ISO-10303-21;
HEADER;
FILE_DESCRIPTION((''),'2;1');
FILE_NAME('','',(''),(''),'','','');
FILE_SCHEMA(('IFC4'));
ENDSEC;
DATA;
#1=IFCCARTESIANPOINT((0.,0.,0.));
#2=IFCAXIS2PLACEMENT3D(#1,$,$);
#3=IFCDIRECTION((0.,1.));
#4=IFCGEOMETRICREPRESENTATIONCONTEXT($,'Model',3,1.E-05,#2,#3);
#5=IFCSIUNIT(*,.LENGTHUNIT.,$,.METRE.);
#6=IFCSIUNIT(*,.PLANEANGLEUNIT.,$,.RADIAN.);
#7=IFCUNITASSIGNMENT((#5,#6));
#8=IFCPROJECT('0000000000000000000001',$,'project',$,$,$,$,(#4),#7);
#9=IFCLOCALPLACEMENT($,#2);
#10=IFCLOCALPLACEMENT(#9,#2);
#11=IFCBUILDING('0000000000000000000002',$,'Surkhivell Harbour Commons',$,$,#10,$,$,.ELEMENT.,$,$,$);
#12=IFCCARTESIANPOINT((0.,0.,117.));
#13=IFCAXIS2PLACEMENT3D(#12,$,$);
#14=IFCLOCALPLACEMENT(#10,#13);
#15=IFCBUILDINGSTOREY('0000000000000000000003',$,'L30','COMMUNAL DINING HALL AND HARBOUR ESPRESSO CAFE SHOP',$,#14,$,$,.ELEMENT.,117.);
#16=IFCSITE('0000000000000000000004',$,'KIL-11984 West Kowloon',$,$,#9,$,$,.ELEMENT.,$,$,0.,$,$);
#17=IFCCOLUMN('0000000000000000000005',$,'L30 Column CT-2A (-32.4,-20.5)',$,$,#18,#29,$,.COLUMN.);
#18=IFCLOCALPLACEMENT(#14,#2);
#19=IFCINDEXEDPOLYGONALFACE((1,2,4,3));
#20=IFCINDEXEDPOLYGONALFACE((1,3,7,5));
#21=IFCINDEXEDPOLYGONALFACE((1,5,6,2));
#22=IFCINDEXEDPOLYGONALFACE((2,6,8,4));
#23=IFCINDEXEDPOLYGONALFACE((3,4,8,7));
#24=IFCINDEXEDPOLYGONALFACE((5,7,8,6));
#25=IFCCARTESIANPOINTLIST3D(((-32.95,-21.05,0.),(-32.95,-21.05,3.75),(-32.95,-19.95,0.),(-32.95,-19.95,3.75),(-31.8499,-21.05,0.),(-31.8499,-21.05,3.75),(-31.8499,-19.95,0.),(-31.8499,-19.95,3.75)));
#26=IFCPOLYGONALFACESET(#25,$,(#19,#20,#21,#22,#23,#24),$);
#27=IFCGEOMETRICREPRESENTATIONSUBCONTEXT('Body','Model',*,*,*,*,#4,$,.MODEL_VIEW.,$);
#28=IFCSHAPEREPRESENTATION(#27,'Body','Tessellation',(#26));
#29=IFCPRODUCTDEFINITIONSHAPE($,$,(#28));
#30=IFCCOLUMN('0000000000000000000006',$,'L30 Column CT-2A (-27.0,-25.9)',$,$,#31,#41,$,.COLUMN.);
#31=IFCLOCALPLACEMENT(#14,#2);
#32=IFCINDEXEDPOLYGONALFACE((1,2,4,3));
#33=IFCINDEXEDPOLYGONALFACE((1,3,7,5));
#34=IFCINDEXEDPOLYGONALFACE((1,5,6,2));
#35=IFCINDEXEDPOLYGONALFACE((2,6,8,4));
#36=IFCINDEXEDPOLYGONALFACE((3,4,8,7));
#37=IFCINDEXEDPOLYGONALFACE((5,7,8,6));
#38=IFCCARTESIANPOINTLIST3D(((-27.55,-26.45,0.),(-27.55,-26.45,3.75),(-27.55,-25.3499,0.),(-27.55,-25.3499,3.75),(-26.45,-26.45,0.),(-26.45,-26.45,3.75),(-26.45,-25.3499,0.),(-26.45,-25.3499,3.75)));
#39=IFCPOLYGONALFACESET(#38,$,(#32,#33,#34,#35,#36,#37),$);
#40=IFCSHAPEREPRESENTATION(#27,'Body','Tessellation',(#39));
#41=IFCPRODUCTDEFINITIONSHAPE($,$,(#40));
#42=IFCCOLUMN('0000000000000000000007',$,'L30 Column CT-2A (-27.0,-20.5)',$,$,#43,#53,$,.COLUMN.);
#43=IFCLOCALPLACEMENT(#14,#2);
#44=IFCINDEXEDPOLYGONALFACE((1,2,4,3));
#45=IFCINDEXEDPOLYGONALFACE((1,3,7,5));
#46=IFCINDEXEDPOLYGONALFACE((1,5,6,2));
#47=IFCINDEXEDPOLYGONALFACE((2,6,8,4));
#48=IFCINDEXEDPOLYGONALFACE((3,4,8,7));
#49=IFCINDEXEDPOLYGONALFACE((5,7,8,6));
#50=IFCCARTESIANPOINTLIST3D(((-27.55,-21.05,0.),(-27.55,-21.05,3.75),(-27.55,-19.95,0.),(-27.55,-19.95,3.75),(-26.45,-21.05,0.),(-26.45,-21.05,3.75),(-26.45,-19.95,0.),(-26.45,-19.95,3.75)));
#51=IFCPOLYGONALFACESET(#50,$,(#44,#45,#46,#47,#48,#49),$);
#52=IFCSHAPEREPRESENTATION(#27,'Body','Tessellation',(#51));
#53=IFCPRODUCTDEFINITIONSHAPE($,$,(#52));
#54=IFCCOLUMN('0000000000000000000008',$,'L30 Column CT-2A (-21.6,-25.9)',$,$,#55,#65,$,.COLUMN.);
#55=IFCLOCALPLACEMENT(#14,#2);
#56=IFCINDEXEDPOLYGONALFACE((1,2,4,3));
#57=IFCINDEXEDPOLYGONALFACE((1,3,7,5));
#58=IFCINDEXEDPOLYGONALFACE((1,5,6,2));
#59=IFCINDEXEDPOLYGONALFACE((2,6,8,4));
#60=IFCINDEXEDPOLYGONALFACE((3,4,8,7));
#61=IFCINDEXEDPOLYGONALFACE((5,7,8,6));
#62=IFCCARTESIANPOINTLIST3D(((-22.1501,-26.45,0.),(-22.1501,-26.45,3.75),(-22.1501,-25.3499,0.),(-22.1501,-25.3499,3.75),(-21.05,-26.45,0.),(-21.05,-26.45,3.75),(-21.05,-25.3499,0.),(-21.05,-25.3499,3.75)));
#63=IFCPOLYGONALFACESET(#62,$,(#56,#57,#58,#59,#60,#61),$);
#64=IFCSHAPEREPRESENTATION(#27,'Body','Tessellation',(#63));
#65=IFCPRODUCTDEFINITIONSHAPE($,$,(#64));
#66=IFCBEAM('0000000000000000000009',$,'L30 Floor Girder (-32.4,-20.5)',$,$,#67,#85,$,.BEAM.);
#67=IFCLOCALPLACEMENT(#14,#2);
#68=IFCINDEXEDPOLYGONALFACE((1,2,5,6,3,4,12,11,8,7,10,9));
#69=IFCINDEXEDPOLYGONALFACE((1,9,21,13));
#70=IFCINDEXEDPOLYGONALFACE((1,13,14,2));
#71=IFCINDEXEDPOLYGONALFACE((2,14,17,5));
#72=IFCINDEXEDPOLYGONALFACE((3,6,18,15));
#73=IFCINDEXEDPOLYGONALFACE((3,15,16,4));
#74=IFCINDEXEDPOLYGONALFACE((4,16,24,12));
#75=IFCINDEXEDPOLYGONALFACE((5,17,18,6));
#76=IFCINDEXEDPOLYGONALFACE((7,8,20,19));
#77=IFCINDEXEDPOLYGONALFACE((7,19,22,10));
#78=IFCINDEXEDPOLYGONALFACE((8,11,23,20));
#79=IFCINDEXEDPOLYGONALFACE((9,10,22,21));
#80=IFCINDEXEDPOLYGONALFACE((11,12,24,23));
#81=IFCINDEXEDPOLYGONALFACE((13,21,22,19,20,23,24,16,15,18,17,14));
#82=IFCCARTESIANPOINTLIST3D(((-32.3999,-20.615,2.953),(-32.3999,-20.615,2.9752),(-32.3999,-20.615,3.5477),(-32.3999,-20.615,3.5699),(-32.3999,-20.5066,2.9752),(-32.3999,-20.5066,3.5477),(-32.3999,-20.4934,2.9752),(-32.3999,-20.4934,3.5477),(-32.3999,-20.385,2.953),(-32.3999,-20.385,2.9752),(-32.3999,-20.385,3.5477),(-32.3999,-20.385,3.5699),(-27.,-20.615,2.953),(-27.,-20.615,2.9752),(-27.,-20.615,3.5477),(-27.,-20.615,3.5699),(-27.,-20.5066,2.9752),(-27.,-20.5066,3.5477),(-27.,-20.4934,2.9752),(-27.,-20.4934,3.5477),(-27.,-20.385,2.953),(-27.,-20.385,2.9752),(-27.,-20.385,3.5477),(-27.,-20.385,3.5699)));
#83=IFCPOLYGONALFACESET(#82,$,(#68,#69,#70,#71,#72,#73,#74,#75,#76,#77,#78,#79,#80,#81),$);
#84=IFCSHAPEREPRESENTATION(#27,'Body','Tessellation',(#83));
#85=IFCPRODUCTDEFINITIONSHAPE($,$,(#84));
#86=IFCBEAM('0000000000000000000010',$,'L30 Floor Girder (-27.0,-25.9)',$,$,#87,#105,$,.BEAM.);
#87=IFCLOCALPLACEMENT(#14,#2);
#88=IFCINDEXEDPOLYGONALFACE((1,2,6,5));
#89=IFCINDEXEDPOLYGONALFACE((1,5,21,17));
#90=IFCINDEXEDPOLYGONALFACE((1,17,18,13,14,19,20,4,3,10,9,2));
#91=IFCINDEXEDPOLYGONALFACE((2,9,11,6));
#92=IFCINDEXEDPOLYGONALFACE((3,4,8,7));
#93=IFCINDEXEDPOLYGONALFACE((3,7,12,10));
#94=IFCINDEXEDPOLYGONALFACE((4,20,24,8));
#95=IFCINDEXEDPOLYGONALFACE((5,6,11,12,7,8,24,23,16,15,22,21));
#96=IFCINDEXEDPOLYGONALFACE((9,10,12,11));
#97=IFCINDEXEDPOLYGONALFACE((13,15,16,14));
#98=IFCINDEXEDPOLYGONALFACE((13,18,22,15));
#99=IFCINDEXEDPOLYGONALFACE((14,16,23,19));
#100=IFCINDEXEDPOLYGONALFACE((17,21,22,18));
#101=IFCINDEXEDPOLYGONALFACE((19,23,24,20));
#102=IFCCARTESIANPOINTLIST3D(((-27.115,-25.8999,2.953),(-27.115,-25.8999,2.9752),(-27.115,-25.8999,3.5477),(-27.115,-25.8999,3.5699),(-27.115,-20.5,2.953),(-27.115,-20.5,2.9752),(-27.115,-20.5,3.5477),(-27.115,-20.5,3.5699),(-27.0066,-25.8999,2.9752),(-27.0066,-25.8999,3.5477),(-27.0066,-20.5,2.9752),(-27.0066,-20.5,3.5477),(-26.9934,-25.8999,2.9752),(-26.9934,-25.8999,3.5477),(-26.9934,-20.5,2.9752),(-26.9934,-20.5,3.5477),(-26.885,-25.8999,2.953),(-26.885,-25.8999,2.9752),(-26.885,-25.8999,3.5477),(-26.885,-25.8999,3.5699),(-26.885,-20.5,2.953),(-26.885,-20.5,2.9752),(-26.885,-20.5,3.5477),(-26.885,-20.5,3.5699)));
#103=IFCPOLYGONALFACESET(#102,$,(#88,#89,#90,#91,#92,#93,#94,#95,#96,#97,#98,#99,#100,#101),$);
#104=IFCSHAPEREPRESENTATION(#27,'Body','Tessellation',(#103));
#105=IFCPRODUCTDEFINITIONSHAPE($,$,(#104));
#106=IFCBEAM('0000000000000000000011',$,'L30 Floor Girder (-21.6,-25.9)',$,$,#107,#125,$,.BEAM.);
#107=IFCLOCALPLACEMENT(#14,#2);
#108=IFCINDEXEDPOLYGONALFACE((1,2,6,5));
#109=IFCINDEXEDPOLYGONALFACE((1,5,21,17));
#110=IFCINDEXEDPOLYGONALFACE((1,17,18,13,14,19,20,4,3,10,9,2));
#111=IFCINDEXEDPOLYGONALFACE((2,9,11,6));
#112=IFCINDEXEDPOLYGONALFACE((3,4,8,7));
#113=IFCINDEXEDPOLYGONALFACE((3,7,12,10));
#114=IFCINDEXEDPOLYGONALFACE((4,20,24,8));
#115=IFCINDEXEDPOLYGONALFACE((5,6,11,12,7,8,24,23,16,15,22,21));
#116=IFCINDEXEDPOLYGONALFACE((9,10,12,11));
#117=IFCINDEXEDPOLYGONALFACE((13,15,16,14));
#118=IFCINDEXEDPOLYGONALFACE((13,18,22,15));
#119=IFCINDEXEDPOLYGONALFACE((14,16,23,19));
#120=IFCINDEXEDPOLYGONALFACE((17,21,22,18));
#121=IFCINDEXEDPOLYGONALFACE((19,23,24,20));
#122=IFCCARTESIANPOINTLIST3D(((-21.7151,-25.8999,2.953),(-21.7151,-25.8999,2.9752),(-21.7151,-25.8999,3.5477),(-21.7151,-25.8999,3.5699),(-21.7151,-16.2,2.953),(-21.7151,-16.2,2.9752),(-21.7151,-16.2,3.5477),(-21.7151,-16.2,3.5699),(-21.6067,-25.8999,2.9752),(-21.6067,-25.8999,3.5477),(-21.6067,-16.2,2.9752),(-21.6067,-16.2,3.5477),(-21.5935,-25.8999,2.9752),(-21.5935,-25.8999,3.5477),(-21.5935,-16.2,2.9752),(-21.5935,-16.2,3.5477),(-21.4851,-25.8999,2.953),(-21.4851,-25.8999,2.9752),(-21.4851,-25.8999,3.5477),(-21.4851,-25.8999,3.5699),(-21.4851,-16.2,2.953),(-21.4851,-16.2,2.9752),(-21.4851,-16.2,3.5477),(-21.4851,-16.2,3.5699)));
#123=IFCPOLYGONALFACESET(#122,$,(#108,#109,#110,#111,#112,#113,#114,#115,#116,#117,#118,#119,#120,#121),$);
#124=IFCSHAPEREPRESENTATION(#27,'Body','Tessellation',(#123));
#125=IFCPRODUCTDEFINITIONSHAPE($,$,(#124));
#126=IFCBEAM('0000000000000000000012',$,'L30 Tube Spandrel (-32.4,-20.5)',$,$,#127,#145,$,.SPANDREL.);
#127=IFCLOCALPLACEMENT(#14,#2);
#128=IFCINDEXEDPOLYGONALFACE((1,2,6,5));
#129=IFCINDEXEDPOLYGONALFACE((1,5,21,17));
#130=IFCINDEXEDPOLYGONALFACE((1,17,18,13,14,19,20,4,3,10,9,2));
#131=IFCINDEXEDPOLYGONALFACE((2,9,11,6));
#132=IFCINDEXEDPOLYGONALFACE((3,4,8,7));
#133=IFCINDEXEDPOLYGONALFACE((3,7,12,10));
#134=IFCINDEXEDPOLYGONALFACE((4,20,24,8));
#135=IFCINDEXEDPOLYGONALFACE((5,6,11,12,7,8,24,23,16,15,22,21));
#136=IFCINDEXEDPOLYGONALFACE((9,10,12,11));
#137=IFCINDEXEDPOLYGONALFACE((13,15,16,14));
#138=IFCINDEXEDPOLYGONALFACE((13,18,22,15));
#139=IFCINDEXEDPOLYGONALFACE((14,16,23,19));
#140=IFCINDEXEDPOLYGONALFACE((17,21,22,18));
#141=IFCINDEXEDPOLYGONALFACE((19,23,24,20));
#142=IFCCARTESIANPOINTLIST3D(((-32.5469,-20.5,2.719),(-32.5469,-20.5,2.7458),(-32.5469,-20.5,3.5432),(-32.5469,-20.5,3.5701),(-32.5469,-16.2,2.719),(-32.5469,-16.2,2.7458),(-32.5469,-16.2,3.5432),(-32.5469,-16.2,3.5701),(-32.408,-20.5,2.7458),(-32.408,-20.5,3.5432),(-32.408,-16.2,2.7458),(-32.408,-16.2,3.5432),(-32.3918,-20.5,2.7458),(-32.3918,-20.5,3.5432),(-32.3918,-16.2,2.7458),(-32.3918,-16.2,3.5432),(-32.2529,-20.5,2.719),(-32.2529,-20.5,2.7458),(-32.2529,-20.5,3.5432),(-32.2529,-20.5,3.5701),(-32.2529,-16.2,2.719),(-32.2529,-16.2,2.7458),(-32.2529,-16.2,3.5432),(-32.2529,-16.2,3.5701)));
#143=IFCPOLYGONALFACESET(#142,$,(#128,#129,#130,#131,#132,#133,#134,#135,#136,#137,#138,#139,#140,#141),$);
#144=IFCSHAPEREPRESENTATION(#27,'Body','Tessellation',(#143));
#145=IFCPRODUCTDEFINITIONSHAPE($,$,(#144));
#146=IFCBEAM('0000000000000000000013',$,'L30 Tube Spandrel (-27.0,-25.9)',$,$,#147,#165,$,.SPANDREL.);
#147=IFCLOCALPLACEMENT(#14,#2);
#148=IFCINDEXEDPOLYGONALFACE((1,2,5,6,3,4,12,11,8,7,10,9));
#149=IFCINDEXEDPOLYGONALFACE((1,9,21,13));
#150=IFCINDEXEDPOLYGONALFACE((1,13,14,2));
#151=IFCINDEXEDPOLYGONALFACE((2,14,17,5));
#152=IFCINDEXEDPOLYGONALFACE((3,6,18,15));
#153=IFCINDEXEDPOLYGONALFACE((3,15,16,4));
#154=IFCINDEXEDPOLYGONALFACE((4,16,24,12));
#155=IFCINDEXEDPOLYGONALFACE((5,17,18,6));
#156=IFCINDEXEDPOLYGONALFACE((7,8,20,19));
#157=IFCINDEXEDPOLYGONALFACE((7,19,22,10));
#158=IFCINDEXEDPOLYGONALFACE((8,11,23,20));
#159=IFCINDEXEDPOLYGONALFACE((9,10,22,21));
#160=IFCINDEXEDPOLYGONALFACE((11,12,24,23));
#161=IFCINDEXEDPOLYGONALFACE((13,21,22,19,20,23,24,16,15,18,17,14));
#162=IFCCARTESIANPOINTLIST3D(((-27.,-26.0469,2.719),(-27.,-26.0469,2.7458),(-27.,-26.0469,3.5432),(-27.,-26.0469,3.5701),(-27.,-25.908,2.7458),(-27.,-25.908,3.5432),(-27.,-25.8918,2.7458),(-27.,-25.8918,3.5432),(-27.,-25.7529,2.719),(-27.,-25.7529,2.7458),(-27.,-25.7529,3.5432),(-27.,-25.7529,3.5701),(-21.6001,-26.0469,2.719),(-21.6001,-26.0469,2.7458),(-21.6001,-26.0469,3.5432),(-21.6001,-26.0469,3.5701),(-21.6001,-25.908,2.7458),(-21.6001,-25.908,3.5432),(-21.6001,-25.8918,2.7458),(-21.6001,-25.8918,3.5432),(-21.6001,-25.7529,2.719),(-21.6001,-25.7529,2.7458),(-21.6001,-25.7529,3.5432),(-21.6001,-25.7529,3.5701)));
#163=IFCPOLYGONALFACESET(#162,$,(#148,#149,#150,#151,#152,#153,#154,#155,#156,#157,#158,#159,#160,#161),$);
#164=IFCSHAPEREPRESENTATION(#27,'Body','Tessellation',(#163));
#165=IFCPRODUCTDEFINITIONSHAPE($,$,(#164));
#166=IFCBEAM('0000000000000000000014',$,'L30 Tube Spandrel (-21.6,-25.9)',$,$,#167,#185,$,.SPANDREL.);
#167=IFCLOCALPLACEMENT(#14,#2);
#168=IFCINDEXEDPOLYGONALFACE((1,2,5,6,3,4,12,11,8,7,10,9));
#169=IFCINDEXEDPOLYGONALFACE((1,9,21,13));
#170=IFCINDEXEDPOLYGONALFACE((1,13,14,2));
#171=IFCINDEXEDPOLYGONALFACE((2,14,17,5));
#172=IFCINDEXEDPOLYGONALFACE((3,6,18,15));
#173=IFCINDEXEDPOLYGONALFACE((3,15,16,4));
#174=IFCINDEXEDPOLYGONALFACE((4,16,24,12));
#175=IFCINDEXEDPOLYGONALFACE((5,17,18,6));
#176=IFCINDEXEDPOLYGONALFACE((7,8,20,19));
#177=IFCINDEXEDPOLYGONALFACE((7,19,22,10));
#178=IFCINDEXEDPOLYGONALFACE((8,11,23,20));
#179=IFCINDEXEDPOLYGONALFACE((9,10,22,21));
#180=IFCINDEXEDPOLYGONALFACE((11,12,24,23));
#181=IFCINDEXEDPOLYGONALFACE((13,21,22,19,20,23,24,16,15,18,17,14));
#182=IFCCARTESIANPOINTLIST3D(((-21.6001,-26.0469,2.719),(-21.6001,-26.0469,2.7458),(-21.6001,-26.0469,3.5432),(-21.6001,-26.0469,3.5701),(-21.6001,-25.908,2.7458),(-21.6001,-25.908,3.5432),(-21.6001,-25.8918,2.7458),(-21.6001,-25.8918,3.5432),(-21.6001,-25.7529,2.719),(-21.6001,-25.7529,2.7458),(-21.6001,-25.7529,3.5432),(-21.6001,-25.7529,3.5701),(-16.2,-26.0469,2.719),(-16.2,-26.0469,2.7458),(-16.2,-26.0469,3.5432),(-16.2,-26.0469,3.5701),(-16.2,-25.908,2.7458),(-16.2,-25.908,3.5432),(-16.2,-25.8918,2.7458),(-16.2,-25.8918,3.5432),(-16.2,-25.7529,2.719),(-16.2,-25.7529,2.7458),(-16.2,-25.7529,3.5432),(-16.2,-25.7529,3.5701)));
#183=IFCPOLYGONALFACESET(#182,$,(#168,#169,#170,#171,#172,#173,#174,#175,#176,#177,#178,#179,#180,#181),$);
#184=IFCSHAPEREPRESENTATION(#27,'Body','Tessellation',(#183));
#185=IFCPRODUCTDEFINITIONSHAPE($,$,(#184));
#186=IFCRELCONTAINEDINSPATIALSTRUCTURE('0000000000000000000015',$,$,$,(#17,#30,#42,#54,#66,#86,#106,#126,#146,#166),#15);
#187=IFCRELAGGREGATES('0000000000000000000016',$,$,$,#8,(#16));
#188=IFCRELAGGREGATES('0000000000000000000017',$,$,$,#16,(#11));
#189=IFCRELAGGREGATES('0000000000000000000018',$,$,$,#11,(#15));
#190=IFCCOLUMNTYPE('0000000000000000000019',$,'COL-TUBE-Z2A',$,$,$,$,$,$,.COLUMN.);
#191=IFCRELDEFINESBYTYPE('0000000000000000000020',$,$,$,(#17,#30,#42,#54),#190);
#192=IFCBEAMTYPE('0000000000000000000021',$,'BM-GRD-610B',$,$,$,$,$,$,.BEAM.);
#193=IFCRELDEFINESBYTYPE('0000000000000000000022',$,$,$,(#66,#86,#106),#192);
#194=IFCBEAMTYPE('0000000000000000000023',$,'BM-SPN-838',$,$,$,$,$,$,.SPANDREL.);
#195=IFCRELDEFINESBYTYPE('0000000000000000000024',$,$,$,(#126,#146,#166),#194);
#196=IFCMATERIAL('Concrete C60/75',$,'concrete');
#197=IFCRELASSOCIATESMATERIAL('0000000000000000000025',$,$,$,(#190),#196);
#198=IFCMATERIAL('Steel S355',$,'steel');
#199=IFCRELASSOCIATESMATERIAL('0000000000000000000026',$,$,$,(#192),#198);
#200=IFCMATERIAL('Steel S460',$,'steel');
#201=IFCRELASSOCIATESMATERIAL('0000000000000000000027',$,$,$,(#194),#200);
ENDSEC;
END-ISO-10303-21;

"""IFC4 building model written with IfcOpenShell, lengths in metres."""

from ifc_helpers import new_model, si_unit, direction, frame, origin, origin_2d, place, context, subcontext, project, spatial, rectangle, i_section, extrude, material, material_profile, profile_set, type_object, element, save


model = new_model("IFC4")

# Units and contexts
model_context = context("Model", 3, precision=1e-05, world=origin(), true_north=direction((0.0, 1.0)))
body_context = subcontext(model_context, "Body", "Model", "MODEL_VIEW")
ifc_project = project(units=[si_unit("LENGTHUNIT", "METRE"), si_unit("PLANEANGLEUNIT", "RADIAN")], contexts=[model_context])

# Site, building, storey
site_placement = place(None, origin())
site = spatial("IfcSite", under=ifc_project, at=site_placement, Name="KIL-11984 West Kowloon", CompositionType="ELEMENT", RefElevation=0.0)
building_placement = place(site_placement, origin())
building = spatial("IfcBuilding", under=site, at=building_placement, Name="Surkhivell Harbour Commons", CompositionType="ELEMENT")
storey_placement = place(building_placement, frame((0.0, 0.0, 117.0)))
storey = spatial("IfcBuildingStorey", under=building, at=storey_placement, Name="L30", Description="COMMUNAL DINING HALL AND HARBOUR ESPRESSO CAFE SHOP", CompositionType="ELEMENT", Elevation=117.0)

# Columns
ifc_material_1 = material(Name="Concrete C60/75", Category="concrete")
ifc_material_profile_1 = material_profile(ifc_material_1, rectangle(XDim=1.1001, YDim=1.1001, at=origin_2d()), Name="RC-COL-1100x1100")
ifc_profile_set_1 = profile_set([ifc_material_profile_1], Name="Concrete C60/75")
column_type = type_object("IfcColumnType", Name="COL-TUBE-Z2A", PredefinedType="COLUMN", material=ifc_profile_set_1)
for number, where, z_axis, x_axis, name in (
    (1, (-32.3999, -20.5, 0.0), (0.0, 0.0, 1.0), (1.0, 0.0, 0.0), "L30 Column CT-2A (-32.4,-20.5)"),
    (2, (-27.0, -25.8999, 0.0), (0.0, 0.0, 1.0), (1.0, 0.0, 0.0), "L30 Column CT-2A (-27.0,-25.9)"),
    (3, (-27.0, -20.5, 0.0), (0.0, 0.0, 1.0), (1.0, 0.0, 0.0), "L30 Column CT-2A (-27.0,-20.5)"),
    (4, (-21.6001, -25.8999, 0.0), (0.0, 0.0, 1.0), (1.0, 0.0, 0.0), "L30 Column CT-2A (-21.6,-25.9)"),
):
    element("IfcColumn", number, at=place(storey_placement, frame(where, z_axis=z_axis, x_axis=x_axis)), inside=storey, type_object=column_type, Name=name, PredefinedType="COLUMN", context=body_context, shape_type="SweptSolid", body=[
        extrude(rectangle(XDim=1.1001, YDim=1.1001, at=origin_2d()), origin(), (0.0, 0.0, 1.0), 3.75),
    ])

# Beams
ifc_material_2 = material(Name="Steel S355", Category="steel")
ifc_material_profile_2 = material_profile(ifc_material_2, i_section(OverallWidth=0.23, OverallDepth=0.6169, WebThickness=0.0132, FlangeThickness=0.0222, at=origin_2d()), Name="UB610x229x140")
ifc_profile_set_2 = profile_set([ifc_material_profile_2], Name="Steel S355")
beam_type_1 = type_object("IfcBeamType", Name="BM-GRD-610B", PredefinedType="BEAM", material=ifc_profile_set_2)
for number, where, z_axis, x_axis, name in (
    (5, (-32.3999, -20.5, 3.2615), (1.0, 0.0, 0.0), (0.0, 1.0, 0.0), "L30 Floor Girder (-32.4,-20.5)"),
    (6, (-27.0, -25.8999, 3.2615), (0.0, 1.0, 0.0), (-1.0, 0.0, 0.0), "L30 Floor Girder (-27.0,-25.9)"),
):
    element("IfcBeam", number, at=place(storey_placement, frame(where, z_axis=z_axis, x_axis=x_axis)), inside=storey, type_object=beam_type_1, Name=name, PredefinedType="BEAM", context=body_context, shape_type="SweptSolid", body=[
        extrude(i_section(OverallWidth=0.23, OverallDepth=0.6169, WebThickness=0.0132, FlangeThickness=0.0222, at=origin_2d()), origin(), (0.0, 0.0, 1.0), 5.3999),
    ])
beam_1_placement = place(storey_placement, frame((-21.6001, -25.8999, 3.2615), z_axis=(0.0, 1.0, 0.0), x_axis=(-1.0, 0.0, 0.0)))
element("IfcBeam", 7, at=beam_1_placement, inside=storey, type_object=beam_type_1, Name="L30 Floor Girder (-21.6,-25.9)", PredefinedType="BEAM", context=body_context, shape_type="SweptSolid", body=[
    extrude(i_section(OverallWidth=0.23, OverallDepth=0.6169, WebThickness=0.0132, FlangeThickness=0.0222, at=origin_2d()), origin(), (0.0, 0.0, 1.0), 9.7),
])
ifc_material_3 = material(Name="Steel S460", Category="steel")
ifc_material_profile_3 = material_profile(ifc_material_3, i_section(OverallWidth=0.2939, OverallDepth=0.8511, WebThickness=0.0161, FlangeThickness=0.0269, at=origin_2d()), Name="UB838x292x226")
ifc_profile_set_3 = profile_set([ifc_material_profile_3], Name="Steel S460")
beam_type_2 = type_object("IfcBeamType", Name="BM-SPN-838", PredefinedType="SPANDREL", material=ifc_profile_set_3)
beam_2_placement = place(storey_placement, frame((-32.3999, -20.5, 3.1445), z_axis=(0.0, 1.0, 0.0), x_axis=(-1.0, 0.0, 0.0)))
element("IfcBeam", 8, at=beam_2_placement, inside=storey, type_object=beam_type_2, Name="L30 Tube Spandrel (-32.4,-20.5)", PredefinedType="SPANDREL", context=body_context, shape_type="SweptSolid", body=[
    extrude(i_section(OverallWidth=0.2939, OverallDepth=0.8511, WebThickness=0.0161, FlangeThickness=0.0269, at=origin_2d()), origin(), (0.0, 0.0, 1.0), 4.3),
])
beam_3_placement = place(storey_placement, frame((-27.0, -25.8999, 3.1445), z_axis=(1.0, 0.0, 0.0), x_axis=(0.0, 1.0, 0.0)))
element("IfcBeam", 9, at=beam_3_placement, inside=storey, type_object=beam_type_2, Name="L30 Tube Spandrel (-27.0,-25.9)", PredefinedType="SPANDREL", context=body_context, shape_type="SweptSolid", body=[
    extrude(i_section(OverallWidth=0.2939, OverallDepth=0.8511, WebThickness=0.0161, FlangeThickness=0.0269, at=origin_2d()), origin(), (0.0, 0.0, 1.0), 5.3999),
])
beam_4_placement = place(storey_placement, frame((-21.6001, -25.8999, 3.1445), z_axis=(1.0, 0.0, 0.0), x_axis=(0.0, 1.0, 0.0)))
element("IfcBeam", 10, at=beam_4_placement, inside=storey, type_object=beam_type_2, Name="L30 Tube Spandrel (-21.6,-25.9)", PredefinedType="SPANDREL", context=body_context, shape_type="SweptSolid", body=[
    extrude(i_section(OverallWidth=0.2939, OverallDepth=0.8511, WebThickness=0.0161, FlangeThickness=0.0269, at=origin_2d()), origin(), (0.0, 0.0, 1.0), 5.4001),
])

save(model, "model.ifc")
